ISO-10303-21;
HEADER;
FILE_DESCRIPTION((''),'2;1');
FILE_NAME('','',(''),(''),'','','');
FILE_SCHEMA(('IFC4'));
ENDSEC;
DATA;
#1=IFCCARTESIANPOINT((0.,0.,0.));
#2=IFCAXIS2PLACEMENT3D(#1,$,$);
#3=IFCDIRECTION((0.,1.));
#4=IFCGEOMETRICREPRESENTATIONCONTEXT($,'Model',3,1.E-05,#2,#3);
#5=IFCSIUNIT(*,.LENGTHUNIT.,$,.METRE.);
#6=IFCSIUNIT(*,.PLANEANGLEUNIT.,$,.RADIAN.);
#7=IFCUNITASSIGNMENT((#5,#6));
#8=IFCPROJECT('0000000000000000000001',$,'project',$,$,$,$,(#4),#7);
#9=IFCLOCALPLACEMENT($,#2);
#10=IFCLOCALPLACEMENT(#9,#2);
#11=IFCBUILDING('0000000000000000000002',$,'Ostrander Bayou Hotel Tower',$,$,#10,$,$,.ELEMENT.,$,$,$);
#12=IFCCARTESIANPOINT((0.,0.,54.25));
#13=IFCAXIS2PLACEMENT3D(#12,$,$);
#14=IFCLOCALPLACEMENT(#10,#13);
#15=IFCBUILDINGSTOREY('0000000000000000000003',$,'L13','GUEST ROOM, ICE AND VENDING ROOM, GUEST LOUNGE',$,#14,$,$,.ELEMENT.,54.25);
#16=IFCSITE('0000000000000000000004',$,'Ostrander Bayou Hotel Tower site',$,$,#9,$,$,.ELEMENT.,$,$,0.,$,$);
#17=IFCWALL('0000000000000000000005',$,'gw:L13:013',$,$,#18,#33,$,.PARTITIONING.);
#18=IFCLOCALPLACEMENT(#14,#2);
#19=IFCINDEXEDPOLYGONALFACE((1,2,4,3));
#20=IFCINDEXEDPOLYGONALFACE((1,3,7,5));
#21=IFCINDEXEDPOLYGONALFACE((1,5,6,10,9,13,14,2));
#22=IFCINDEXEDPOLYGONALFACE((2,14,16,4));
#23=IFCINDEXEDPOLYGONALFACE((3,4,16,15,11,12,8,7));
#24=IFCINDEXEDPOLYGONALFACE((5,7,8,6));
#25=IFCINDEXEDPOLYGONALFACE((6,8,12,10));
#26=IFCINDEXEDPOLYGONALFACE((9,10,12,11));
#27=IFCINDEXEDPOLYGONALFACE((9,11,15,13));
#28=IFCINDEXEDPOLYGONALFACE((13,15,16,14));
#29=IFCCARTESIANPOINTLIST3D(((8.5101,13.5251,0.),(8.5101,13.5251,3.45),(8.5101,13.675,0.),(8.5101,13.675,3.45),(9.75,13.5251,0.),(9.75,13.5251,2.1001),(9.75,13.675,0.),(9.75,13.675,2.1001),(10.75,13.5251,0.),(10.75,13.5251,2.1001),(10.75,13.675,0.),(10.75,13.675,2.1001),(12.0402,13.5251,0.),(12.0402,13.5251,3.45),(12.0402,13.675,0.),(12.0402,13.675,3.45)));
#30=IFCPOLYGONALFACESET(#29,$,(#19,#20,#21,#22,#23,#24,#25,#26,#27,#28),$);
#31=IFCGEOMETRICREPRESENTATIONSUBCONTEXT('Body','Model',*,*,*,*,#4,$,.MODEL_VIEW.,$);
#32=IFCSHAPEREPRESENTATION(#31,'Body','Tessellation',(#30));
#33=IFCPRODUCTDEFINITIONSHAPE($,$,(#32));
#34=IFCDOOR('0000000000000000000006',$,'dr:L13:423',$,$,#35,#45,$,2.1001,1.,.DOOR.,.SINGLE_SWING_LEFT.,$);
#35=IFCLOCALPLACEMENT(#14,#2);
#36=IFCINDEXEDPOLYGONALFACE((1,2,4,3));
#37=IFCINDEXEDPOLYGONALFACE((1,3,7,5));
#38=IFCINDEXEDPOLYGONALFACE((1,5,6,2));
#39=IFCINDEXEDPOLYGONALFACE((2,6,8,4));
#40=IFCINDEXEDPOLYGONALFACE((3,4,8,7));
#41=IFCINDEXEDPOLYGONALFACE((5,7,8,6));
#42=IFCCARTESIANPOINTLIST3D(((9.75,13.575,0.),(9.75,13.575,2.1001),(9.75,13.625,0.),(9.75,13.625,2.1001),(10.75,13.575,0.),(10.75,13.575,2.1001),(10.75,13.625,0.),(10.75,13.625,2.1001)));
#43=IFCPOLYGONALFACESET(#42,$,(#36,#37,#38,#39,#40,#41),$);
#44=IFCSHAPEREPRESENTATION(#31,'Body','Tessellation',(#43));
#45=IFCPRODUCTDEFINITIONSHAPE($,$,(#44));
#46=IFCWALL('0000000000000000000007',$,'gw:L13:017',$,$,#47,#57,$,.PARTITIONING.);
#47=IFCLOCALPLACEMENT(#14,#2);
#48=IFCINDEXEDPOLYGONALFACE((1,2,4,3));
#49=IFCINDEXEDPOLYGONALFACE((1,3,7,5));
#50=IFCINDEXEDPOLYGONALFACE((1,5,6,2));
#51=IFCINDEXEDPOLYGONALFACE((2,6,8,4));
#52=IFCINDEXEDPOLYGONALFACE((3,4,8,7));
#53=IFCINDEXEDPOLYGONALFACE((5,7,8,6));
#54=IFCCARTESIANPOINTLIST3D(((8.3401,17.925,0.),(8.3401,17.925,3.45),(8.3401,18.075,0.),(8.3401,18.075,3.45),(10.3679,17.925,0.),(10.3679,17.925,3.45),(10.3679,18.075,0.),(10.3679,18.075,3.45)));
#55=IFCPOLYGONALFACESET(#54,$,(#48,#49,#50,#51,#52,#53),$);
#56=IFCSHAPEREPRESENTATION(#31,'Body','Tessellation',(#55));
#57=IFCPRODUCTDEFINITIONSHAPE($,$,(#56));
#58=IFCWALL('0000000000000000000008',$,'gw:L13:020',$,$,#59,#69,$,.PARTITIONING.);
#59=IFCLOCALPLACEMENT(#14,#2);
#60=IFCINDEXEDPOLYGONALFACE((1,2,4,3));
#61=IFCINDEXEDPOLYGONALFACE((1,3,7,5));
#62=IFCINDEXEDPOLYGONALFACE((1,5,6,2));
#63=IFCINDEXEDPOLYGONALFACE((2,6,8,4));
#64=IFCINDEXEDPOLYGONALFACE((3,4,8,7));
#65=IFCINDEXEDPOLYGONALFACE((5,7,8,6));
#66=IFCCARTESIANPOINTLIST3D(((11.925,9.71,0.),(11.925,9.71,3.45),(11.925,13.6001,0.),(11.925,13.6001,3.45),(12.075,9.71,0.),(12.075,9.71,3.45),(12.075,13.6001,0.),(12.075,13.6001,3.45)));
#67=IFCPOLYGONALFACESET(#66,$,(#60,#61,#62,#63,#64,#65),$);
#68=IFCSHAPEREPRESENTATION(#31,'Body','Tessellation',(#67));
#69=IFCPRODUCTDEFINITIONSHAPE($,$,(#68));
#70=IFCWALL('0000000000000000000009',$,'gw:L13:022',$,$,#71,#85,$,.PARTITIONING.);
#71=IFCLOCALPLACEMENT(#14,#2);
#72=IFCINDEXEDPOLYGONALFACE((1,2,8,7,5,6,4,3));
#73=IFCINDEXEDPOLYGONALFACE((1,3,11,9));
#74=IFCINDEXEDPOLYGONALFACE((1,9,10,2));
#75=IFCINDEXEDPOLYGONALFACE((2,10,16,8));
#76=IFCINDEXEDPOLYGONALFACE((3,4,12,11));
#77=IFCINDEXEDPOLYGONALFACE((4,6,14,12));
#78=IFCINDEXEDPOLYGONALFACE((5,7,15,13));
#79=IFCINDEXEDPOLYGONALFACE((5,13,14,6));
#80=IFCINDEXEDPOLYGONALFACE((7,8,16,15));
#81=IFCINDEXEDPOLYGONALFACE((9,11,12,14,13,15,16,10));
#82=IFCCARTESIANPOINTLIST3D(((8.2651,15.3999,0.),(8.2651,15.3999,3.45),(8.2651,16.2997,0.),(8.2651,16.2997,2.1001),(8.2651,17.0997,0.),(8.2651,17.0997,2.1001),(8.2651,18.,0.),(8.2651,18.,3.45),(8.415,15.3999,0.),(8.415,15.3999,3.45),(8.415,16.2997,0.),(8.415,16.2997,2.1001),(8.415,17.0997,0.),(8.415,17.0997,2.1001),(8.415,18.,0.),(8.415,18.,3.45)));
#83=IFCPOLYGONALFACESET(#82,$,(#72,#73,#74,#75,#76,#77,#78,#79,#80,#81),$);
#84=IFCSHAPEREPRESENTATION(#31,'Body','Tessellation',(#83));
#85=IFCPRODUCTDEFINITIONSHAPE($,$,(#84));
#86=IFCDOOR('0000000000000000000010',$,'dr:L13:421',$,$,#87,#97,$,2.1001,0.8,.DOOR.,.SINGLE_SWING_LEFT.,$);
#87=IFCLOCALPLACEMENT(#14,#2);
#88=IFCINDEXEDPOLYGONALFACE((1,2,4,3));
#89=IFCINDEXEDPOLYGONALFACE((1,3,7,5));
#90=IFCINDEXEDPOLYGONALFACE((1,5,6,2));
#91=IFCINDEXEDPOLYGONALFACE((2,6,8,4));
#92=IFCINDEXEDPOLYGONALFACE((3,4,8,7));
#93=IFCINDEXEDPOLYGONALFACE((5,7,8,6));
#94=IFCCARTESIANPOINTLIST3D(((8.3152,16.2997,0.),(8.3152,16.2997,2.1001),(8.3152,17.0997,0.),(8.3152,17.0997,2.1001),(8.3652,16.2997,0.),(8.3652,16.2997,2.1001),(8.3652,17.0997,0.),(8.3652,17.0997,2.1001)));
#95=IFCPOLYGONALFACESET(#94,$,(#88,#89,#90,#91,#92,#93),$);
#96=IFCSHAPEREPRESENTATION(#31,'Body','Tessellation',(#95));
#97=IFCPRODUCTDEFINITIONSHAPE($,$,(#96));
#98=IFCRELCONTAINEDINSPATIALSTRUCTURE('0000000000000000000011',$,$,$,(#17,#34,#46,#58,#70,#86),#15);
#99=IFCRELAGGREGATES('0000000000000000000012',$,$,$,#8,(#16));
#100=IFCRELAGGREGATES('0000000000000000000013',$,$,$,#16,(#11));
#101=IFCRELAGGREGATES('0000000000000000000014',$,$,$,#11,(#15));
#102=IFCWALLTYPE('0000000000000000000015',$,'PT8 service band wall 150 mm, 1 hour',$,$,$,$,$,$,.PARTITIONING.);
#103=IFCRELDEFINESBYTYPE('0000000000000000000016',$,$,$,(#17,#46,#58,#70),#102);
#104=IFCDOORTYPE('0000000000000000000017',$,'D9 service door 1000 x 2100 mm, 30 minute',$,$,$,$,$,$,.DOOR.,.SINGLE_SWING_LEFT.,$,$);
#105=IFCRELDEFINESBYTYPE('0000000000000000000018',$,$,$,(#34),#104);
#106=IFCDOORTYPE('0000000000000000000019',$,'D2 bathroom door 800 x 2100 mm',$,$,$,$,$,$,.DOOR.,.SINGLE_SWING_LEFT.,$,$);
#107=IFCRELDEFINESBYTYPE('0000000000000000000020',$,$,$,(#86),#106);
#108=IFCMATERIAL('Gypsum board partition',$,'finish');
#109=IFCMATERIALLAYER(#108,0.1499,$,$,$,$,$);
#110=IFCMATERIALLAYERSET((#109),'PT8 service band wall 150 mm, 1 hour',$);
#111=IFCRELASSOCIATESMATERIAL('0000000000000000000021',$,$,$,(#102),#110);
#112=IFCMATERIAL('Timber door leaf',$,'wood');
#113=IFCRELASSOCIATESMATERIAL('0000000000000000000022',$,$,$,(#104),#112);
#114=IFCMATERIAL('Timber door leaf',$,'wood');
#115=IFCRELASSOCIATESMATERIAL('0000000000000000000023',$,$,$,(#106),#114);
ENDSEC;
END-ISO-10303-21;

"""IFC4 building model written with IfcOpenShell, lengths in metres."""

from ifc_helpers import new_model, si_unit, direction, frame, frame_2d, origin, place, context, subcontext, project, spatial, rectangle, extrude, material, layer, layer_set, type_object, element, fill, save


model = new_model("IFC4")

# Units and contexts
model_context = context("Model", 3, precision=1e-05, world=origin(), true_north=direction((0.0, 1.0)))
body_context = subcontext(model_context, "Body", "Model", "MODEL_VIEW")
ifc_project = project(units=[si_unit("LENGTHUNIT", "METRE"), si_unit("PLANEANGLEUNIT", "RADIAN")], contexts=[model_context])

# Site, building, storey
site_placement = place(None, origin())
site = spatial("IfcSite", under=ifc_project, at=site_placement, Name="Ostrander Bayou Hotel Tower site", CompositionType="ELEMENT", RefElevation=0.0)
building_placement = place(site_placement, origin())
building = spatial("IfcBuilding", under=site, at=building_placement, Name="Ostrander Bayou Hotel Tower", CompositionType="ELEMENT")
storey_placement = place(building_placement, frame((0.0, 0.0, 54.25)))
storey = spatial("IfcBuildingStorey", under=building, at=storey_placement, Name="L13", Description="GUEST ROOM, ICE AND VENDING ROOM, GUEST LOUNGE", CompositionType="ELEMENT", Elevation=54.25)

# Wall, opening, door
ifc_material_1 = material(Name="Gypsum board partition", Category="finish")
ifc_layer_1 = layer(ifc_material_1, 0.1499)
ifc_layer_set_1 = layer_set([ifc_layer_1], Name="PT8 service band wall 150 mm, 1 hour")
wall_type_1 = type_object("IfcWallType", Name="PT8 service band wall 150 mm, 1 hour", PredefinedType="PARTITIONING", material=ifc_layer_set_1)
wall_1_placement = place(storey_placement, frame((8.51, 13.6001, 0.0), z_axis=(0.0, 0.0, 1.0), x_axis=(1.0, 0.0, 0.0)))
wall_1 = element("IfcWall", 1, at=wall_1_placement, inside=storey, type_object=wall_type_1, Name="gw:L13:013", PredefinedType="PARTITIONING", context=body_context, shape_type="SweptSolid", body=[
    extrude(rectangle(XDim=3.53, YDim=0.1499, at=frame_2d((1.7651, 0.0))), origin(), (0.0, 0.0, 1.0), 3.45),
])
opening_1_placement = place(wall_1_placement, frame((1.24, 0.0, 0.0)))
opening_1 = element("IfcOpeningElement", 2, at=opening_1_placement, cuts=wall_1, PredefinedType="OPENING", context=body_context, shape_type="SweptSolid", body=[
    extrude(rectangle(XDim=1.0, YDim=2.1001, at=frame_2d((0.5, 1.05))), frame((0.0, 0.075, 0.0), z_axis=(0.0, -1.0, 0.0), x_axis=(1.0, 0.0, 0.0)), (0.0, 0.0, 1.0), 0.1499),
])
ifc_material_2 = material(Name="Timber door leaf", Category="wood")
door_type_1 = type_object("IfcDoorType", Name="D9 service door 1000 x 2100 mm, 30 minute", OperationType="SINGLE_SWING_LEFT", PredefinedType="DOOR", material=ifc_material_2)
door_1_placement = place(opening_1_placement, origin())
door_1 = element("IfcDoor", 3, at=door_1_placement, inside=storey, type_object=door_type_1, Name="dr:L13:423", OperationType="SINGLE_SWING_LEFT", OverallHeight=2.1001, OverallWidth=1.0, PredefinedType="DOOR", context=body_context, shape_type="SweptSolid", body=[
    extrude(rectangle(XDim=1.0, YDim=2.1001, at=frame_2d((0.5, 1.05))), frame((0.0, 0.0249, 0.0), z_axis=(0.0, -1.0, 0.0), x_axis=(1.0, 0.0, 0.0)), (0.0, 0.0, 1.0), 0.05),
])
fill(opening_1, door_1)

# Walls
wall_2_placement = place(storey_placement, frame((8.3401, 18.0, 0.0), z_axis=(0.0, 0.0, 1.0), x_axis=(1.0, 0.0, 0.0)))
element("IfcWall", 4, at=wall_2_placement, inside=storey, type_object=wall_type_1, Name="gw:L13:017", PredefinedType="PARTITIONING", context=body_context, shape_type="SweptSolid", body=[
    extrude(rectangle(XDim=2.0278, YDim=0.1499, at=frame_2d((1.0139, 0.0))), origin(), (0.0, 0.0, 1.0), 3.45),
])
wall_3_placement = place(storey_placement, frame((12.0, 9.71, 0.0), z_axis=(0.0, 0.0, 1.0), x_axis=(0.0, 1.0, 0.0)))
element("IfcWall", 5, at=wall_3_placement, inside=storey, type_object=wall_type_1, Name="gw:L13:020", PredefinedType="PARTITIONING", context=body_context, shape_type="SweptSolid", body=[
    extrude(rectangle(XDim=3.8901, YDim=0.1499, at=frame_2d((1.9451, 0.0))), origin(), (0.0, 0.0, 1.0), 3.45),
])

# Wall, opening, door
wall_4_placement = place(storey_placement, frame((8.3401, 15.3999, 0.0), z_axis=(0.0, 0.0, 1.0), x_axis=(0.0, 1.0, 0.0)))
wall_4 = element("IfcWall", 6, at=wall_4_placement, inside=storey, type_object=wall_type_1, Name="gw:L13:022", PredefinedType="PARTITIONING", context=body_context, shape_type="SweptSolid", body=[
    extrude(rectangle(XDim=2.6001, YDim=0.1499, at=frame_2d((1.3, 0.0))), origin(), (0.0, 0.0, 1.0), 3.45),
])
opening_2_placement = place(wall_4_placement, frame((0.8999, 0.0, 0.0)))
opening_2 = element("IfcOpeningElement", 7, at=opening_2_placement, cuts=wall_4, PredefinedType="OPENING", context=body_context, shape_type="SweptSolid", body=[
    extrude(rectangle(XDim=0.8, YDim=2.1001, at=frame_2d((0.3999, 1.05))), frame((0.0, 0.075, 0.0), z_axis=(0.0, -1.0, 0.0), x_axis=(1.0, 0.0, 0.0)), (0.0, 0.0, 1.0), 0.1499),
])
ifc_material_3 = material(Name="Timber door leaf", Category="wood")
door_type_2 = type_object("IfcDoorType", Name="D2 bathroom door 800 x 2100 mm", OperationType="SINGLE_SWING_LEFT", PredefinedType="DOOR", material=ifc_material_3)
door_2_placement = place(opening_2_placement, origin())
door_2 = element("IfcDoor", 8, at=door_2_placement, inside=storey, type_object=door_type_2, Name="dr:L13:421", OperationType="SINGLE_SWING_LEFT", OverallHeight=2.1001, OverallWidth=0.8, PredefinedType="DOOR", context=body_context, shape_type="SweptSolid", body=[
    extrude(rectangle(XDim=0.8, YDim=2.1001, at=frame_2d((0.3999, 1.05))), frame((0.0, 0.0249, 0.0), z_axis=(0.0, -1.0, 0.0), x_axis=(1.0, 0.0, 0.0)), (0.0, 0.0, 1.0), 0.05),
])
fill(opening_2, door_2)

save(model, "model.ifc")
